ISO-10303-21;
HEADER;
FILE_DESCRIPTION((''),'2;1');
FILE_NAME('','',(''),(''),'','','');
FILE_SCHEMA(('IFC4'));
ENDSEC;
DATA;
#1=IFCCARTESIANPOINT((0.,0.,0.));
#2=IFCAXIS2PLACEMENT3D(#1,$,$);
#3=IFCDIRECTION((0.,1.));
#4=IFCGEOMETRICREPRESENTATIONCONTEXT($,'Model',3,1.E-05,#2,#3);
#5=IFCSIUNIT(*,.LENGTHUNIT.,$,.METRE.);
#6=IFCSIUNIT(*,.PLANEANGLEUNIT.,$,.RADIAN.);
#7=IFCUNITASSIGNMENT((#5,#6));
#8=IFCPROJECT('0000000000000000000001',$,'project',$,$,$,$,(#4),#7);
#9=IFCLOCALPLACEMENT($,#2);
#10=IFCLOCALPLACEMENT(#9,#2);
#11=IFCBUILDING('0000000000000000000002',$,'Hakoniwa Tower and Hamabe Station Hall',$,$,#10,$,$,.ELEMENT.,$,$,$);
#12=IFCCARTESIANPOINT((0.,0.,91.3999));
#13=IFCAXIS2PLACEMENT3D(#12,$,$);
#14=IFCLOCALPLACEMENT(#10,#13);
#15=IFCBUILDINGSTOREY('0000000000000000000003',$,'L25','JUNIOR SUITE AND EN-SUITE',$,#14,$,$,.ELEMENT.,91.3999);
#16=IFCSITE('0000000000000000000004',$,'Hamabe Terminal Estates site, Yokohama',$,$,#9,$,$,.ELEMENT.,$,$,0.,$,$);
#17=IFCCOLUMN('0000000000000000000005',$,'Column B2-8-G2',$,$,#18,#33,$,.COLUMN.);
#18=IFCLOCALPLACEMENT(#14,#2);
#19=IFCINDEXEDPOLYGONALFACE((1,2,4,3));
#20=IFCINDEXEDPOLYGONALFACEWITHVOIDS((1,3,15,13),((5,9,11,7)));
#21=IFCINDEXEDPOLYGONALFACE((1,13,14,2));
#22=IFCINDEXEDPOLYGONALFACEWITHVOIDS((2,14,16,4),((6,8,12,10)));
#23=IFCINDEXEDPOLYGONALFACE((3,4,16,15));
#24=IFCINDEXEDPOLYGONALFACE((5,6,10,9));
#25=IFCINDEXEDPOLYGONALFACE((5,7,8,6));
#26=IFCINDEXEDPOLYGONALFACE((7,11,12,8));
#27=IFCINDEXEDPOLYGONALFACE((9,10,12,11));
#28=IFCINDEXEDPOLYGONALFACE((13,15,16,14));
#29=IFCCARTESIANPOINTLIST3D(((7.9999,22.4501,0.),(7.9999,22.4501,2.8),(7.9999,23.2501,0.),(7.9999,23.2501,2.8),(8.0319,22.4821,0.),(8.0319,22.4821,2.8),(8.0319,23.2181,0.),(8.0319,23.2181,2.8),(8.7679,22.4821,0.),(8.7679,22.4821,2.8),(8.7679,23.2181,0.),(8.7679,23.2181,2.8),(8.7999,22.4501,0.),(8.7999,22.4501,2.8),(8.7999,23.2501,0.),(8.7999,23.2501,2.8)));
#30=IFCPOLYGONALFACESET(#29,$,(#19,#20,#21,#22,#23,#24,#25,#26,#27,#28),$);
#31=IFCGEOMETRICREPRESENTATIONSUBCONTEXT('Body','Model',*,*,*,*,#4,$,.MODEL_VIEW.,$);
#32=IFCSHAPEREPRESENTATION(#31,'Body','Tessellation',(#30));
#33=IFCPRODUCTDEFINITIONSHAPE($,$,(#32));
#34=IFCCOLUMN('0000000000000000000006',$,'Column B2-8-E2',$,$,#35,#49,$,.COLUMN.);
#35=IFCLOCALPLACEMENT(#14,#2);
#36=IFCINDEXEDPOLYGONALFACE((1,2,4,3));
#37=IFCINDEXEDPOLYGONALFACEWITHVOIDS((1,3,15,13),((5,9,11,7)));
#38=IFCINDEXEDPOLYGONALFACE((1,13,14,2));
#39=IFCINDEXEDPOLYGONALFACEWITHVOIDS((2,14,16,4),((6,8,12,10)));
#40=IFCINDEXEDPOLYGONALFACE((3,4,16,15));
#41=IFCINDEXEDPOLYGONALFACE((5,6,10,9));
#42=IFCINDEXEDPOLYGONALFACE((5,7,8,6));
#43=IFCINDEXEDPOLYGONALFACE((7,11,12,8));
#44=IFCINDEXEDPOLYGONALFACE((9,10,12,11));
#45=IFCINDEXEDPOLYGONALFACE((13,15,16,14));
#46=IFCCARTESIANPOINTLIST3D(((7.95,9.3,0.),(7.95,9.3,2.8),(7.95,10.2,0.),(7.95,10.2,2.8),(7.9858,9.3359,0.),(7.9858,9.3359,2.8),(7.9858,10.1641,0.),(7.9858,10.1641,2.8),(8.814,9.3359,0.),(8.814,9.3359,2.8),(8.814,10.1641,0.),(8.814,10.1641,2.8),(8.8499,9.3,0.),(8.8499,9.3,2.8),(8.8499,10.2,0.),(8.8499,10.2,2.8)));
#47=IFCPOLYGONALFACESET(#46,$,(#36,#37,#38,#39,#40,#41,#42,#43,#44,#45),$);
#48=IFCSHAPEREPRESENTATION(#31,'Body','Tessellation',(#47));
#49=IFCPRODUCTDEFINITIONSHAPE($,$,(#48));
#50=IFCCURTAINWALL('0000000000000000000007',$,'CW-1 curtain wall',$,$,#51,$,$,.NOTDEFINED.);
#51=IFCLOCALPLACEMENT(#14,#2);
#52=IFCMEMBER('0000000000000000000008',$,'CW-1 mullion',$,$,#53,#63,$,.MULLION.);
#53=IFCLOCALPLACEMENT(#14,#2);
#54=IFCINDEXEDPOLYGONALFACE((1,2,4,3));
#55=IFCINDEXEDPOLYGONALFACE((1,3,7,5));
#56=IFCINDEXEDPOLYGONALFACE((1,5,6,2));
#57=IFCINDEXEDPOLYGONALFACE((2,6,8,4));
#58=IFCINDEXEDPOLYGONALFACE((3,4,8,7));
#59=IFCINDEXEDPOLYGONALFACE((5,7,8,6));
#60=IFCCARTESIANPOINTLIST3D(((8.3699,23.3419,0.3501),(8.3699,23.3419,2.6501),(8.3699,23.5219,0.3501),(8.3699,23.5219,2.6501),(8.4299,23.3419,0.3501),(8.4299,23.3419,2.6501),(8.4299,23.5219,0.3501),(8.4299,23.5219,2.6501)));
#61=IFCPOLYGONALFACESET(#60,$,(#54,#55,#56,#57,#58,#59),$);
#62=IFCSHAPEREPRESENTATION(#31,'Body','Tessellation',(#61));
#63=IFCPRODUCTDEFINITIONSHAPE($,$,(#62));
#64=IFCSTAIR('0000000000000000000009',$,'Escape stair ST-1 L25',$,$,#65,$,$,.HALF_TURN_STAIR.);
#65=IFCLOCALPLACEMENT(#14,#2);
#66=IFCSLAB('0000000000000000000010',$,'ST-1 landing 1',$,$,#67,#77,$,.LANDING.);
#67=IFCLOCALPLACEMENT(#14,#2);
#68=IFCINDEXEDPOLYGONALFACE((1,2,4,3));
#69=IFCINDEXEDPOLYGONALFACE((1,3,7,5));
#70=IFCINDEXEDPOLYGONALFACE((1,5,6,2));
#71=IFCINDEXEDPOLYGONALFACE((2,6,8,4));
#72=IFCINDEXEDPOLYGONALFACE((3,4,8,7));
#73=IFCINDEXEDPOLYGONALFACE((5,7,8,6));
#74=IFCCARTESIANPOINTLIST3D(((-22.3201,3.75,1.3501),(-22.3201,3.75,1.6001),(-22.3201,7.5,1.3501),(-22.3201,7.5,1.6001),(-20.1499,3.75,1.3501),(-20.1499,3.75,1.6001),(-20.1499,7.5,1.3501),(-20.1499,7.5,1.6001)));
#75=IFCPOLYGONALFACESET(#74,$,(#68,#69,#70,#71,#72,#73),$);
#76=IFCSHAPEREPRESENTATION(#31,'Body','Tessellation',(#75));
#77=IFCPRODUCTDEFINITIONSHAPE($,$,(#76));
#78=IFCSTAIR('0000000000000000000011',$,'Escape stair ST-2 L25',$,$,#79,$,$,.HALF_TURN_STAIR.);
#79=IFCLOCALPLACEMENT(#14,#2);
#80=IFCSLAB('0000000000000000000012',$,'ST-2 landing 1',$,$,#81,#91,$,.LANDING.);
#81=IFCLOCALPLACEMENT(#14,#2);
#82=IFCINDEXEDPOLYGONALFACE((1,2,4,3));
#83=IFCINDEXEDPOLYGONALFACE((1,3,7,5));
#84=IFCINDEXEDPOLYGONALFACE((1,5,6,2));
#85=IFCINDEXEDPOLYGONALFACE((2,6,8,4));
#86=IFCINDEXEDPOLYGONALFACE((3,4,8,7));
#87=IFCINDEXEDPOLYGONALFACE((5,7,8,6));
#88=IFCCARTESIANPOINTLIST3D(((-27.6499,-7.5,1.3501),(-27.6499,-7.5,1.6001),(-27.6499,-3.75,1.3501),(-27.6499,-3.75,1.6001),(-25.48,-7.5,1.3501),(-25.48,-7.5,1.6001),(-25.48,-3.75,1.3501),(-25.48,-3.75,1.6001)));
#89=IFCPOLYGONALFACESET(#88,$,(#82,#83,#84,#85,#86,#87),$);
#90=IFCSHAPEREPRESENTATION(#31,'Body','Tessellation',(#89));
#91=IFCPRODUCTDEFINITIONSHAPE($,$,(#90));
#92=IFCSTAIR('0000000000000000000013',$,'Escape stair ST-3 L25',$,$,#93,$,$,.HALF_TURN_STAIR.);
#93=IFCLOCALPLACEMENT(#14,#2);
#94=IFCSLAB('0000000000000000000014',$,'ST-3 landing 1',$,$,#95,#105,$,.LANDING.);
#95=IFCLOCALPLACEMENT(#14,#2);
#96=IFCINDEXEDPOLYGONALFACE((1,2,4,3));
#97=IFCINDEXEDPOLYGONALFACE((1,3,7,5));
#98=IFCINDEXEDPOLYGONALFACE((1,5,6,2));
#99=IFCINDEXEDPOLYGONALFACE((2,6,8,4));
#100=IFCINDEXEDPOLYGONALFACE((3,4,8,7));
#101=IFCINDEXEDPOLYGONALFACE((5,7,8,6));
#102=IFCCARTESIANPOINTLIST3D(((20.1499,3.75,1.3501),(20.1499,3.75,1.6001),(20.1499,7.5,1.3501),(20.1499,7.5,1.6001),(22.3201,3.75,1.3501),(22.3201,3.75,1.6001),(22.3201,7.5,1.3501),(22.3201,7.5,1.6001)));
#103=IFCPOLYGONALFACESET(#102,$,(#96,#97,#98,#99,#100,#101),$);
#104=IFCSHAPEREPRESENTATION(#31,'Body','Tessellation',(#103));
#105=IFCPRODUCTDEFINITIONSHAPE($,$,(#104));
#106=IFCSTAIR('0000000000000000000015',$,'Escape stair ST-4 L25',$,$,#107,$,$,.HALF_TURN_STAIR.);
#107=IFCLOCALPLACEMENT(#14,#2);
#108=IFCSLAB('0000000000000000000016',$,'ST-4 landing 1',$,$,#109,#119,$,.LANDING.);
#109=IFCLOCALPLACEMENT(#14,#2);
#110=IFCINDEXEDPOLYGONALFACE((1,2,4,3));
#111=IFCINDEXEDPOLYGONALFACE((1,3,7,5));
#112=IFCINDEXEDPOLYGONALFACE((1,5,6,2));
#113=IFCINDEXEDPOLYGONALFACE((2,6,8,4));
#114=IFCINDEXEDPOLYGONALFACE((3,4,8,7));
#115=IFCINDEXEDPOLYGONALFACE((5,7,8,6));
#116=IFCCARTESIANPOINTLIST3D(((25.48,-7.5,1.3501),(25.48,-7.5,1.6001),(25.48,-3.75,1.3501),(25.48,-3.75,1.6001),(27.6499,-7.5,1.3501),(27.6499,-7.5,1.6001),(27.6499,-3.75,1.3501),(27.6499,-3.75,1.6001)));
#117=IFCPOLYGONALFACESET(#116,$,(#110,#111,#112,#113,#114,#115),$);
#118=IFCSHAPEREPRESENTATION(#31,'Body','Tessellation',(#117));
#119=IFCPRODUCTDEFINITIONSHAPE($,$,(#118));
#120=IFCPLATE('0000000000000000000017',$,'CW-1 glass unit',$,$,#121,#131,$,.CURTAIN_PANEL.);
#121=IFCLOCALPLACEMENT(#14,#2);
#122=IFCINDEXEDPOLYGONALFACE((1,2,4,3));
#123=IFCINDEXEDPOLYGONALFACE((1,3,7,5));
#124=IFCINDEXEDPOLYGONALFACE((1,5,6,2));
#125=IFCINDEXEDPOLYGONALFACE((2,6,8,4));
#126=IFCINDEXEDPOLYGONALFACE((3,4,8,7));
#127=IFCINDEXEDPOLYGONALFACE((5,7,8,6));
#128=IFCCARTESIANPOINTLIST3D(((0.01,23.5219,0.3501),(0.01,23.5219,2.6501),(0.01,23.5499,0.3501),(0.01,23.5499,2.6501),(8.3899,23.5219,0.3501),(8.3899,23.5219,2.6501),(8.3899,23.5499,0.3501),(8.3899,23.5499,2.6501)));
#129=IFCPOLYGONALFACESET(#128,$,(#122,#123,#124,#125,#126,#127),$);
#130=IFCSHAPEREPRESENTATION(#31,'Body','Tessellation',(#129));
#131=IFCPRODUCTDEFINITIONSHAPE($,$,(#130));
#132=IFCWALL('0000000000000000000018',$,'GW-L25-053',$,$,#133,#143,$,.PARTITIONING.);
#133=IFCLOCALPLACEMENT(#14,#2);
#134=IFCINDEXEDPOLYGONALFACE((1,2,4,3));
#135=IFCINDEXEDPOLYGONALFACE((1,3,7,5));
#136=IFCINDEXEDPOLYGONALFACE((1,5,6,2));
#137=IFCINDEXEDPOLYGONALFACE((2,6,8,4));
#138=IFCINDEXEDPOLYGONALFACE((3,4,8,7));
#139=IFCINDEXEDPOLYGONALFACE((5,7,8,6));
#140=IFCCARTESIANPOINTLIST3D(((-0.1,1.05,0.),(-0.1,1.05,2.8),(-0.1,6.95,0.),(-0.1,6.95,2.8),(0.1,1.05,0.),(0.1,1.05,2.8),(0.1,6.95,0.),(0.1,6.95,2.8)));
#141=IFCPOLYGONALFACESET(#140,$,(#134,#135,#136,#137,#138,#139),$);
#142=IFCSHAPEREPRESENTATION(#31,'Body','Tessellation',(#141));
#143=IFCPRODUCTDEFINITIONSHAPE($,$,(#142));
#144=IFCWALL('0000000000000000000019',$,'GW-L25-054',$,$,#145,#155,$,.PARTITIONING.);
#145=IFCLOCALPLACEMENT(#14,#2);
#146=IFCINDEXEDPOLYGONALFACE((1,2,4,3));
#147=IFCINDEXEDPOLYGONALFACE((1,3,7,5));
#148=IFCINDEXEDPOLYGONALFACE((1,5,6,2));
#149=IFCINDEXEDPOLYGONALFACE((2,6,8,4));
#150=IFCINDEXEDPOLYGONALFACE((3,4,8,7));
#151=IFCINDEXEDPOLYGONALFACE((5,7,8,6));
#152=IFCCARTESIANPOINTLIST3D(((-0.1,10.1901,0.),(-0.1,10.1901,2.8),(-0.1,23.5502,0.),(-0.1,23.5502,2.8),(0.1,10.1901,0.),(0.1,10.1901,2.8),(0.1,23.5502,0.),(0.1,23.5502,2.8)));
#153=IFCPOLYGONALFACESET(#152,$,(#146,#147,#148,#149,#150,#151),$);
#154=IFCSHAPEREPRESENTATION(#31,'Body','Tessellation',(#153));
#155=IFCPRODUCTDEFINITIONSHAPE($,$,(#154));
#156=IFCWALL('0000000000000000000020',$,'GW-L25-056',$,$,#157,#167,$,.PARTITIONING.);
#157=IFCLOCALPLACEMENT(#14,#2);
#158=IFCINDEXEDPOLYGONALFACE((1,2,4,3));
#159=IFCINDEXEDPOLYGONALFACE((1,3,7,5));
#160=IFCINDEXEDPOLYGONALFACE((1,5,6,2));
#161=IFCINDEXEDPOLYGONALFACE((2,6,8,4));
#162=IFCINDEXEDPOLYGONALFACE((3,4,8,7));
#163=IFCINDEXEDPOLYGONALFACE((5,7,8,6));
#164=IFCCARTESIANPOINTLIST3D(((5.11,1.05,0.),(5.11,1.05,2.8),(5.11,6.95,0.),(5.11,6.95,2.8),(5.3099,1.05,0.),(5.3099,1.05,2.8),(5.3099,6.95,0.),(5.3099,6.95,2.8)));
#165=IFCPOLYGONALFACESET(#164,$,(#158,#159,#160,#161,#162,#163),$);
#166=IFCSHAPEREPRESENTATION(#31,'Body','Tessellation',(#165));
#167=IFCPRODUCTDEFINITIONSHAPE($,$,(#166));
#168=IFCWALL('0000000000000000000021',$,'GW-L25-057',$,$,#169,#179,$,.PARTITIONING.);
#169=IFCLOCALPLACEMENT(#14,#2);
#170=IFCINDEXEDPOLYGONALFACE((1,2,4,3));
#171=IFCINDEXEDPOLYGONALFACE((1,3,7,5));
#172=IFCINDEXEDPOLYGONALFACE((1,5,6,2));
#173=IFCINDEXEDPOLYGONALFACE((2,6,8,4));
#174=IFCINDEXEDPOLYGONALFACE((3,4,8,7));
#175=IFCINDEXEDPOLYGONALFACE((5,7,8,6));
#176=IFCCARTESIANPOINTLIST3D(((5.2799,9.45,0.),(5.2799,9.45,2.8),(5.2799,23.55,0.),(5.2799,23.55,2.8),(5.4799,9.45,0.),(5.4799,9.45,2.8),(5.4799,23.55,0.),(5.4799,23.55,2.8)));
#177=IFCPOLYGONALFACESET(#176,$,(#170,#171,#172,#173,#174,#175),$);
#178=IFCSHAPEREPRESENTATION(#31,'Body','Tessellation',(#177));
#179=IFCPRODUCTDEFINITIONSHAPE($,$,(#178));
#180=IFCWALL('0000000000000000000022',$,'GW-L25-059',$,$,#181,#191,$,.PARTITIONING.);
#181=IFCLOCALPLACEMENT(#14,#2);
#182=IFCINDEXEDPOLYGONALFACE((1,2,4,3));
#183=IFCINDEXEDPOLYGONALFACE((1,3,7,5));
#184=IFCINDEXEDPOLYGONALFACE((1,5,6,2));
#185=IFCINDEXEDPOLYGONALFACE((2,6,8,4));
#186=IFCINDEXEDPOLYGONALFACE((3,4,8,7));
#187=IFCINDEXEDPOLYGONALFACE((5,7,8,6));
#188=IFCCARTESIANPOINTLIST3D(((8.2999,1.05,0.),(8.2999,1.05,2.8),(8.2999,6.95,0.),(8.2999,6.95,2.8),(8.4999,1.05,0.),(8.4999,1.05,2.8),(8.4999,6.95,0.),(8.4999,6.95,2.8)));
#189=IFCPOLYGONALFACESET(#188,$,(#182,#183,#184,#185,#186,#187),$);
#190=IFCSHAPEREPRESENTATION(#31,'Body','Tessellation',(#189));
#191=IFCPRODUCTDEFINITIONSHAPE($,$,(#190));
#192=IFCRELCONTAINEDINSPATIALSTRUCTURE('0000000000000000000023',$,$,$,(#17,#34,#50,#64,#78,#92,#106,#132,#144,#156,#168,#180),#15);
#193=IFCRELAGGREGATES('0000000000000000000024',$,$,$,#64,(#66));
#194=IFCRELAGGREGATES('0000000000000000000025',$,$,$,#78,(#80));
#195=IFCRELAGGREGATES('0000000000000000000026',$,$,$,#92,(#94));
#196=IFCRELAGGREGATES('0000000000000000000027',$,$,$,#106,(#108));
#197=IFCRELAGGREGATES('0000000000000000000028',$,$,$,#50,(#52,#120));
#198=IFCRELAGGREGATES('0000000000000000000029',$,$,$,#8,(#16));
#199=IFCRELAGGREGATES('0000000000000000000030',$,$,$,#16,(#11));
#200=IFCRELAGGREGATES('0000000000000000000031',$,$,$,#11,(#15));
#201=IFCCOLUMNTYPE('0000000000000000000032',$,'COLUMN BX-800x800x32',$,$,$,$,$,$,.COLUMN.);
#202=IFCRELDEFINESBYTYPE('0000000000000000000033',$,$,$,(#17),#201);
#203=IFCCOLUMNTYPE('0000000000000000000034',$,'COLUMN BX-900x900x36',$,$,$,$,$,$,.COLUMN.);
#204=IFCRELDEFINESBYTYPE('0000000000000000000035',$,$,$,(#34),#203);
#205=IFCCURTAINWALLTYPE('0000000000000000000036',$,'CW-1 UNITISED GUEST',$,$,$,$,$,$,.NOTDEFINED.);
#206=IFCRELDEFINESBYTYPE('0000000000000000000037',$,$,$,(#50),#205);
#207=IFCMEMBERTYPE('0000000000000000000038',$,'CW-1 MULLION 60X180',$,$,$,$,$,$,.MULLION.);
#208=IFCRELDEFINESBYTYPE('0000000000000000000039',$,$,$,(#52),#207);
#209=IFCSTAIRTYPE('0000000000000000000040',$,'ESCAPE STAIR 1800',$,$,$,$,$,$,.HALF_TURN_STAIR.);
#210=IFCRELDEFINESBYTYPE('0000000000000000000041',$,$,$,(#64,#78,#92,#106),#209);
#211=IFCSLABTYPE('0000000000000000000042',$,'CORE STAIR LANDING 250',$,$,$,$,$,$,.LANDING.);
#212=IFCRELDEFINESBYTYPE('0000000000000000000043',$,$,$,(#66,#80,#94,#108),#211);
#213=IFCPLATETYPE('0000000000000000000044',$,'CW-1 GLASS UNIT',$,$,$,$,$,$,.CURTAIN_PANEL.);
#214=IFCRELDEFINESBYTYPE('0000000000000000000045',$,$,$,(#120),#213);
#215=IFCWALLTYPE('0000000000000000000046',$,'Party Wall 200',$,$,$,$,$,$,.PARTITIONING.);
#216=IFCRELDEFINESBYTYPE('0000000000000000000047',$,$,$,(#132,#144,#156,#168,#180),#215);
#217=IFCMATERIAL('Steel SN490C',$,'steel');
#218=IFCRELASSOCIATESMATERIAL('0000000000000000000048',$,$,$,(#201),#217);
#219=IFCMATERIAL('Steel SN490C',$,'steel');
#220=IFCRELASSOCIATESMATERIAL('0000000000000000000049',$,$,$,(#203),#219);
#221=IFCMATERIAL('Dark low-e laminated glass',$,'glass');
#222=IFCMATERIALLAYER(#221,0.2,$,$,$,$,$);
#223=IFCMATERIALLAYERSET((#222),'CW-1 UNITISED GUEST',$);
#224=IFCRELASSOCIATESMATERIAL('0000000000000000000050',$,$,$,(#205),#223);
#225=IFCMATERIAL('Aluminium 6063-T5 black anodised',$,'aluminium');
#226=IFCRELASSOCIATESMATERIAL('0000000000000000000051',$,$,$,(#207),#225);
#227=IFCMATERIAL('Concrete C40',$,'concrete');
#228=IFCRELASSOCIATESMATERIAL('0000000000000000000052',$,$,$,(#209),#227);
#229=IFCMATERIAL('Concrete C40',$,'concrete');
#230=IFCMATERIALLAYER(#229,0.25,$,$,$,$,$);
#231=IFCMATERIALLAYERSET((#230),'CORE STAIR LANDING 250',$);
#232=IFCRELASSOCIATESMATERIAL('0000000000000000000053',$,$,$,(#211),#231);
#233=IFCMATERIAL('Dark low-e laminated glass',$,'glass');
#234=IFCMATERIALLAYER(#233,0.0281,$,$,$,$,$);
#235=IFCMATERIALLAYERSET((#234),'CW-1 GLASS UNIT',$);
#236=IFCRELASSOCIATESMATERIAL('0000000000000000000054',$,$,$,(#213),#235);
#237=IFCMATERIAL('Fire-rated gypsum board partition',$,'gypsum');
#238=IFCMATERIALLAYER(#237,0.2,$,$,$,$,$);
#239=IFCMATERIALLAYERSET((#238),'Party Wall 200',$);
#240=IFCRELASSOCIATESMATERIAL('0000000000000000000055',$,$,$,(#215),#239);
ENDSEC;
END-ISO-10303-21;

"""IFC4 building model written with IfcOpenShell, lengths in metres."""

from ifc_helpers import new_model, si_unit, direction, frame, frame_2d, origin, origin_2d, place, context, subcontext, project, spatial, polyline, rectangle, hollow_rectangle, outline, extrude, material, layer, layer_set, material_profile, profile_set, type_object, element, aggregate, save


model = new_model("IFC4")

# Units and contexts
model_context = context("Model", 3, precision=1e-05, world=origin(), true_north=direction((0.0, 1.0)))
body_context = subcontext(model_context, "Body", "Model", "MODEL_VIEW")
ifc_project = project(units=[si_unit("LENGTHUNIT", "METRE"), si_unit("PLANEANGLEUNIT", "RADIAN")], contexts=[model_context])

# Site, building, storey
site_placement = place(None, origin())
site = spatial("IfcSite", under=ifc_project, at=site_placement, Name="Hamabe Terminal Estates site, Yokohama", CompositionType="ELEMENT", RefElevation=0.0)
building_placement = place(site_placement, origin())
building = spatial("IfcBuilding", under=site, at=building_placement, Name="Hakoniwa Tower and Hamabe Station Hall", CompositionType="ELEMENT")
storey_placement = place(building_placement, frame((0.0, 0.0, 91.3999)))
storey = spatial("IfcBuildingStorey", under=building, at=storey_placement, Name="L25", Description="JUNIOR SUITE AND EN-SUITE", CompositionType="ELEMENT", Elevation=91.3999)

# Columns
ifc_material_1 = material(Name="Steel SN490C", Category="steel")
ifc_material_profile_1 = material_profile(ifc_material_1, hollow_rectangle(XDim=0.8, YDim=0.8, WallThickness=0.032, at=origin_2d()), Name="BX-800x800x32")
ifc_profile_set_1 = profile_set([ifc_material_profile_1], Name="Steel SN490C")
column_type_1 = type_object("IfcColumnType", Name="COLUMN BX-800x800x32", PredefinedType="COLUMN", material=ifc_profile_set_1)
column_1_placement = place(storey_placement, frame((8.3999, 22.8501, 0.0), z_axis=(0.0, 0.0, 1.0), x_axis=(1.0, 0.0, 0.0)))
element("IfcColumn", 1, at=column_1_placement, inside=storey, type_object=column_type_1, Name="Column B2-8-G2", PredefinedType="COLUMN", context=body_context, shape_type="SweptSolid", body=[
    extrude(hollow_rectangle(XDim=0.8, YDim=0.8, WallThickness=0.032, at=origin_2d()), origin(), (0.0, 0.0, 1.0), 2.8),
])
ifc_material_2 = material(Name="Steel SN490C", Category="steel")
ifc_material_profile_2 = material_profile(ifc_material_2, hollow_rectangle(XDim=0.8999, YDim=0.8999, WallThickness=0.0359, at=origin_2d()), Name="BX-900x900x36")
ifc_profile_set_2 = profile_set([ifc_material_profile_2], Name="Steel SN490C")
column_type_2 = type_object("IfcColumnType", Name="COLUMN BX-900x900x36", PredefinedType="COLUMN", material=ifc_profile_set_2)
column_2_placement = place(storey_placement, frame((8.3999, 9.75, 0.0), z_axis=(0.0, 0.0, 1.0), x_axis=(1.0, 0.0, 0.0)))
element("IfcColumn", 2, at=column_2_placement, inside=storey, type_object=column_type_2, Name="Column B2-8-E2", PredefinedType="COLUMN", context=body_context, shape_type="SweptSolid", body=[
    extrude(hollow_rectangle(XDim=0.8999, YDim=0.8999, WallThickness=0.0359, at=origin_2d()), origin(), (0.0, 0.0, 1.0), 2.8),
])

# Curtain wall, member
ifc_material_3 = material(Name="Dark low-e laminated glass", Category="glass")
ifc_layer_1 = layer(ifc_material_3, 0.2)
ifc_layer_set_1 = layer_set([ifc_layer_1], Name="CW-1 UNITISED GUEST")
curtain_wall_type = type_object("IfcCurtainWallType", Name="CW-1 UNITISED GUEST", PredefinedType="NOTDEFINED", material=ifc_layer_set_1)
curtain_wall_placement = place(storey_placement, origin())
curtain_wall = element("IfcCurtainWall", 3, at=curtain_wall_placement, inside=storey, type_object=curtain_wall_type, Name="CW-1 curtain wall", PredefinedType="NOTDEFINED")
ifc_material_4 = material(Name="Aluminium 6063-T5 black anodised", Category="aluminium")
ifc_material_profile_3 = material_profile(ifc_material_4, rectangle(XDim=0.0601, YDim=0.1799, at=origin_2d()), Name="CW-1 MULLION 60X180")
ifc_profile_set_3 = profile_set([ifc_material_profile_3], Name="Aluminium 6063-T5 black anodised")
member_type = type_object("IfcMemberType", Name="CW-1 MULLION 60X180", PredefinedType="MULLION", material=ifc_profile_set_3)
member_placement = place(storey_placement, frame((8.3999, 23.4319, 0.3501), z_axis=(0.0, 0.0, 1.0), x_axis=(-1.0, 0.0, 0.0)))
member = element("IfcMember", 4, at=member_placement, type_object=member_type, Name="CW-1 mullion", PredefinedType="MULLION", context=body_context, shape_type="SweptSolid", body=[
    extrude(rectangle(XDim=0.0601, YDim=0.1799, at=origin_2d()), origin(), (0.0, 0.0, 1.0), 2.3),
])

# Stairs, slabs
ifc_material_5 = material(Name="Concrete C40", Category="concrete")
stair_type = type_object("IfcStairType", Name="ESCAPE STAIR 1800", PredefinedType="HALF_TURN_STAIR", material=ifc_material_5)
stair_1_placement = place(storey_placement, origin())
stair_1 = element("IfcStair", 5, at=stair_1_placement, inside=storey, type_object=stair_type, Name="Escape stair ST-1 L25", PredefinedType="HALF_TURN_STAIR")
ifc_material_6 = material(Name="Concrete C40", Category="concrete")
ifc_layer_2 = layer(ifc_material_6, 0.25)
ifc_layer_set_2 = layer_set([ifc_layer_2], Name="CORE STAIR LANDING 250")
slab_type = type_object("IfcSlabType", Name="CORE STAIR LANDING 250", PredefinedType="LANDING", material=ifc_layer_set_2)
slab_1_placement = place(storey_placement, frame((0.0, 0.0, 1.3501)))
slab_1 = element("IfcSlab", 6, at=slab_1_placement, type_object=slab_type, Name="ST-1 landing 1", PredefinedType="LANDING", context=body_context, shape_type="SweptSolid", body=[
    extrude(outline(polyline([(-22.3201, 3.75), (-20.1499, 3.75), (-20.1499, 7.5), (-22.3201, 7.5), (-22.3201, 3.75)])), origin(), (0.0, 0.0, 1.0), 0.25),
])
aggregate(stair_1, [slab_1])
stair_2_placement = place(storey_placement, origin())
stair_2 = element("IfcStair", 7, at=stair_2_placement, inside=storey, type_object=stair_type, Name="Escape stair ST-2 L25", PredefinedType="HALF_TURN_STAIR")
slab_2_placement = place(storey_placement, frame((0.0, 0.0, 1.3501)))
slab_2 = element("IfcSlab", 8, at=slab_2_placement, type_object=slab_type, Name="ST-2 landing 1", PredefinedType="LANDING", context=body_context, shape_type="SweptSolid", body=[
    extrude(outline(polyline([(-25.48, -7.5), (-27.6499, -7.5), (-27.6499, -3.75), (-25.48, -3.75), (-25.48, -7.5)])), origin(), (0.0, 0.0, 1.0), 0.25),
])
aggregate(stair_2, [slab_2])
stair_3_placement = place(storey_placement, origin())
stair_3 = element("IfcStair", 9, at=stair_3_placement, inside=storey, type_object=stair_type, Name="Escape stair ST-3 L25", PredefinedType="HALF_TURN_STAIR")
slab_3_placement = place(storey_placement, frame((0.0, 0.0, 1.3501)))
slab_3 = element("IfcSlab", 10, at=slab_3_placement, type_object=slab_type, Name="ST-3 landing 1", PredefinedType="LANDING", context=body_context, shape_type="SweptSolid", body=[
    extrude(outline(polyline([(22.3201, 3.75), (20.1499, 3.75), (20.1499, 7.5), (22.3201, 7.5), (22.3201, 3.75)])), origin(), (0.0, 0.0, 1.0), 0.25),
])
aggregate(stair_3, [slab_3])
stair_4_placement = place(storey_placement, origin())
stair_4 = element("IfcStair", 11, at=stair_4_placement, inside=storey, type_object=stair_type, Name="Escape stair ST-4 L25", PredefinedType="HALF_TURN_STAIR")
slab_4_placement = place(storey_placement, frame((0.0, 0.0, 1.3501)))
slab_4 = element("IfcSlab", 12, at=slab_4_placement, type_object=slab_type, Name="ST-4 landing 1", PredefinedType="LANDING", context=body_context, shape_type="SweptSolid", body=[
    extrude(outline(polyline([(25.48, -7.5), (27.6499, -7.5), (27.6499, -3.75), (25.48, -3.75), (25.48, -7.5)])), origin(), (0.0, 0.0, 1.0), 0.25),
])
aggregate(stair_4, [slab_4])

# Plate
ifc_material_7 = material(Name="Dark low-e laminated glass", Category="glass")
ifc_layer_3 = layer(ifc_material_7, 0.0281)
ifc_layer_set_3 = layer_set([ifc_layer_3], Name="CW-1 GLASS UNIT")
plate_type = type_object("IfcPlateType", Name="CW-1 GLASS UNIT", PredefinedType="CURTAIN_PANEL", material=ifc_layer_set_3)
plate_placement = place(storey_placement, frame((4.2, 23.5359, 0.3501), z_axis=(0.0, 0.0, 1.0), x_axis=(-1.0, 0.0, 0.0)))
plate = element("IfcPlate", 13, at=plate_placement, type_object=plate_type, Name="CW-1 glass unit", PredefinedType="CURTAIN_PANEL", context=body_context, shape_type="SweptSolid", body=[
    extrude(rectangle(XDim=8.3799, YDim=0.0281, at=origin_2d()), origin(), (0.0, 0.0, 1.0), 2.3),
])
aggregate(curtain_wall, [member, plate])

# Walls
ifc_material_8 = material(Name="Fire-rated gypsum board partition", Category="gypsum")
ifc_layer_4 = layer(ifc_material_8, 0.2)
ifc_layer_set_4 = layer_set([ifc_layer_4], Name="Party Wall 200")
wall_type = type_object("IfcWallType", Name="Party Wall 200", PredefinedType="PARTITIONING", material=ifc_layer_set_4)
wall_1_placement = place(storey_placement, frame((0.0, 1.05, 0.0), z_axis=(0.0, 0.0, 1.0), x_axis=(0.0, 1.0, 0.0)))
element("IfcWall", 14, at=wall_1_placement, inside=storey, type_object=wall_type, Name="GW-L25-053", PredefinedType="PARTITIONING", context=body_context, shape_type="SweptSolid", body=[
    extrude(rectangle(XDim=5.8999, YDim=0.2, at=frame_2d((2.95, 0.0))), origin(), (0.0, 0.0, 1.0), 2.8),
])
wall_2_placement = place(storey_placement, frame((0.0, 10.1899, 0.0), z_axis=(0.0, 0.0, 1.0), x_axis=(0.0, 1.0, 0.0)))
element("IfcWall", 15, at=wall_2_placement, inside=storey, type_object=wall_type, Name="GW-L25-054", PredefinedType="PARTITIONING", context=body_context, shape_type="SweptSolid", body=[
    extrude(rectangle(XDim=13.3601, YDim=0.2, at=frame_2d((6.6802, 0.0))), origin(), (0.0, 0.0, 1.0), 2.8),
])
wall_3_placement = place(storey_placement, frame((5.21, 1.05, 0.0), z_axis=(0.0, 0.0, 1.0), x_axis=(0.0, 1.0, 0.0)))
element("IfcWall", 16, at=wall_3_placement, inside=storey, type_object=wall_type, Name="GW-L25-056", PredefinedType="PARTITIONING", context=body_context, shape_type="SweptSolid", body=[
    extrude(rectangle(XDim=5.8999, YDim=0.2, at=frame_2d((2.95, 0.0))), origin(), (0.0, 0.0, 1.0), 2.8),
])
wall_4_placement = place(storey_placement, frame((5.3799, 9.45, 0.0), z_axis=(0.0, 0.0, 1.0), x_axis=(0.0, 1.0, 0.0)))
element("IfcWall", 17, at=wall_4_placement, inside=storey, type_object=wall_type, Name="GW-L25-057", PredefinedType="PARTITIONING", context=body_context, shape_type="SweptSolid", body=[
    extrude(rectangle(XDim=14.1001, YDim=0.2, at=frame_2d((7.05, 0.0))), origin(), (0.0, 0.0, 1.0), 2.8),
])
wall_5_placement = place(storey_placement, frame((8.3999, 1.05, 0.0), z_axis=(0.0, 0.0, 1.0), x_axis=(0.0, 1.0, 0.0)))
element("IfcWall", 18, at=wall_5_placement, inside=storey, type_object=wall_type, Name="GW-L25-059", PredefinedType="PARTITIONING", context=body_context, shape_type="SweptSolid", body=[
    extrude(rectangle(XDim=5.8999, YDim=0.2, at=frame_2d((2.95, 0.0))), origin(), (0.0, 0.0, 1.0), 2.8),
])

save(model, "model.ifc")
